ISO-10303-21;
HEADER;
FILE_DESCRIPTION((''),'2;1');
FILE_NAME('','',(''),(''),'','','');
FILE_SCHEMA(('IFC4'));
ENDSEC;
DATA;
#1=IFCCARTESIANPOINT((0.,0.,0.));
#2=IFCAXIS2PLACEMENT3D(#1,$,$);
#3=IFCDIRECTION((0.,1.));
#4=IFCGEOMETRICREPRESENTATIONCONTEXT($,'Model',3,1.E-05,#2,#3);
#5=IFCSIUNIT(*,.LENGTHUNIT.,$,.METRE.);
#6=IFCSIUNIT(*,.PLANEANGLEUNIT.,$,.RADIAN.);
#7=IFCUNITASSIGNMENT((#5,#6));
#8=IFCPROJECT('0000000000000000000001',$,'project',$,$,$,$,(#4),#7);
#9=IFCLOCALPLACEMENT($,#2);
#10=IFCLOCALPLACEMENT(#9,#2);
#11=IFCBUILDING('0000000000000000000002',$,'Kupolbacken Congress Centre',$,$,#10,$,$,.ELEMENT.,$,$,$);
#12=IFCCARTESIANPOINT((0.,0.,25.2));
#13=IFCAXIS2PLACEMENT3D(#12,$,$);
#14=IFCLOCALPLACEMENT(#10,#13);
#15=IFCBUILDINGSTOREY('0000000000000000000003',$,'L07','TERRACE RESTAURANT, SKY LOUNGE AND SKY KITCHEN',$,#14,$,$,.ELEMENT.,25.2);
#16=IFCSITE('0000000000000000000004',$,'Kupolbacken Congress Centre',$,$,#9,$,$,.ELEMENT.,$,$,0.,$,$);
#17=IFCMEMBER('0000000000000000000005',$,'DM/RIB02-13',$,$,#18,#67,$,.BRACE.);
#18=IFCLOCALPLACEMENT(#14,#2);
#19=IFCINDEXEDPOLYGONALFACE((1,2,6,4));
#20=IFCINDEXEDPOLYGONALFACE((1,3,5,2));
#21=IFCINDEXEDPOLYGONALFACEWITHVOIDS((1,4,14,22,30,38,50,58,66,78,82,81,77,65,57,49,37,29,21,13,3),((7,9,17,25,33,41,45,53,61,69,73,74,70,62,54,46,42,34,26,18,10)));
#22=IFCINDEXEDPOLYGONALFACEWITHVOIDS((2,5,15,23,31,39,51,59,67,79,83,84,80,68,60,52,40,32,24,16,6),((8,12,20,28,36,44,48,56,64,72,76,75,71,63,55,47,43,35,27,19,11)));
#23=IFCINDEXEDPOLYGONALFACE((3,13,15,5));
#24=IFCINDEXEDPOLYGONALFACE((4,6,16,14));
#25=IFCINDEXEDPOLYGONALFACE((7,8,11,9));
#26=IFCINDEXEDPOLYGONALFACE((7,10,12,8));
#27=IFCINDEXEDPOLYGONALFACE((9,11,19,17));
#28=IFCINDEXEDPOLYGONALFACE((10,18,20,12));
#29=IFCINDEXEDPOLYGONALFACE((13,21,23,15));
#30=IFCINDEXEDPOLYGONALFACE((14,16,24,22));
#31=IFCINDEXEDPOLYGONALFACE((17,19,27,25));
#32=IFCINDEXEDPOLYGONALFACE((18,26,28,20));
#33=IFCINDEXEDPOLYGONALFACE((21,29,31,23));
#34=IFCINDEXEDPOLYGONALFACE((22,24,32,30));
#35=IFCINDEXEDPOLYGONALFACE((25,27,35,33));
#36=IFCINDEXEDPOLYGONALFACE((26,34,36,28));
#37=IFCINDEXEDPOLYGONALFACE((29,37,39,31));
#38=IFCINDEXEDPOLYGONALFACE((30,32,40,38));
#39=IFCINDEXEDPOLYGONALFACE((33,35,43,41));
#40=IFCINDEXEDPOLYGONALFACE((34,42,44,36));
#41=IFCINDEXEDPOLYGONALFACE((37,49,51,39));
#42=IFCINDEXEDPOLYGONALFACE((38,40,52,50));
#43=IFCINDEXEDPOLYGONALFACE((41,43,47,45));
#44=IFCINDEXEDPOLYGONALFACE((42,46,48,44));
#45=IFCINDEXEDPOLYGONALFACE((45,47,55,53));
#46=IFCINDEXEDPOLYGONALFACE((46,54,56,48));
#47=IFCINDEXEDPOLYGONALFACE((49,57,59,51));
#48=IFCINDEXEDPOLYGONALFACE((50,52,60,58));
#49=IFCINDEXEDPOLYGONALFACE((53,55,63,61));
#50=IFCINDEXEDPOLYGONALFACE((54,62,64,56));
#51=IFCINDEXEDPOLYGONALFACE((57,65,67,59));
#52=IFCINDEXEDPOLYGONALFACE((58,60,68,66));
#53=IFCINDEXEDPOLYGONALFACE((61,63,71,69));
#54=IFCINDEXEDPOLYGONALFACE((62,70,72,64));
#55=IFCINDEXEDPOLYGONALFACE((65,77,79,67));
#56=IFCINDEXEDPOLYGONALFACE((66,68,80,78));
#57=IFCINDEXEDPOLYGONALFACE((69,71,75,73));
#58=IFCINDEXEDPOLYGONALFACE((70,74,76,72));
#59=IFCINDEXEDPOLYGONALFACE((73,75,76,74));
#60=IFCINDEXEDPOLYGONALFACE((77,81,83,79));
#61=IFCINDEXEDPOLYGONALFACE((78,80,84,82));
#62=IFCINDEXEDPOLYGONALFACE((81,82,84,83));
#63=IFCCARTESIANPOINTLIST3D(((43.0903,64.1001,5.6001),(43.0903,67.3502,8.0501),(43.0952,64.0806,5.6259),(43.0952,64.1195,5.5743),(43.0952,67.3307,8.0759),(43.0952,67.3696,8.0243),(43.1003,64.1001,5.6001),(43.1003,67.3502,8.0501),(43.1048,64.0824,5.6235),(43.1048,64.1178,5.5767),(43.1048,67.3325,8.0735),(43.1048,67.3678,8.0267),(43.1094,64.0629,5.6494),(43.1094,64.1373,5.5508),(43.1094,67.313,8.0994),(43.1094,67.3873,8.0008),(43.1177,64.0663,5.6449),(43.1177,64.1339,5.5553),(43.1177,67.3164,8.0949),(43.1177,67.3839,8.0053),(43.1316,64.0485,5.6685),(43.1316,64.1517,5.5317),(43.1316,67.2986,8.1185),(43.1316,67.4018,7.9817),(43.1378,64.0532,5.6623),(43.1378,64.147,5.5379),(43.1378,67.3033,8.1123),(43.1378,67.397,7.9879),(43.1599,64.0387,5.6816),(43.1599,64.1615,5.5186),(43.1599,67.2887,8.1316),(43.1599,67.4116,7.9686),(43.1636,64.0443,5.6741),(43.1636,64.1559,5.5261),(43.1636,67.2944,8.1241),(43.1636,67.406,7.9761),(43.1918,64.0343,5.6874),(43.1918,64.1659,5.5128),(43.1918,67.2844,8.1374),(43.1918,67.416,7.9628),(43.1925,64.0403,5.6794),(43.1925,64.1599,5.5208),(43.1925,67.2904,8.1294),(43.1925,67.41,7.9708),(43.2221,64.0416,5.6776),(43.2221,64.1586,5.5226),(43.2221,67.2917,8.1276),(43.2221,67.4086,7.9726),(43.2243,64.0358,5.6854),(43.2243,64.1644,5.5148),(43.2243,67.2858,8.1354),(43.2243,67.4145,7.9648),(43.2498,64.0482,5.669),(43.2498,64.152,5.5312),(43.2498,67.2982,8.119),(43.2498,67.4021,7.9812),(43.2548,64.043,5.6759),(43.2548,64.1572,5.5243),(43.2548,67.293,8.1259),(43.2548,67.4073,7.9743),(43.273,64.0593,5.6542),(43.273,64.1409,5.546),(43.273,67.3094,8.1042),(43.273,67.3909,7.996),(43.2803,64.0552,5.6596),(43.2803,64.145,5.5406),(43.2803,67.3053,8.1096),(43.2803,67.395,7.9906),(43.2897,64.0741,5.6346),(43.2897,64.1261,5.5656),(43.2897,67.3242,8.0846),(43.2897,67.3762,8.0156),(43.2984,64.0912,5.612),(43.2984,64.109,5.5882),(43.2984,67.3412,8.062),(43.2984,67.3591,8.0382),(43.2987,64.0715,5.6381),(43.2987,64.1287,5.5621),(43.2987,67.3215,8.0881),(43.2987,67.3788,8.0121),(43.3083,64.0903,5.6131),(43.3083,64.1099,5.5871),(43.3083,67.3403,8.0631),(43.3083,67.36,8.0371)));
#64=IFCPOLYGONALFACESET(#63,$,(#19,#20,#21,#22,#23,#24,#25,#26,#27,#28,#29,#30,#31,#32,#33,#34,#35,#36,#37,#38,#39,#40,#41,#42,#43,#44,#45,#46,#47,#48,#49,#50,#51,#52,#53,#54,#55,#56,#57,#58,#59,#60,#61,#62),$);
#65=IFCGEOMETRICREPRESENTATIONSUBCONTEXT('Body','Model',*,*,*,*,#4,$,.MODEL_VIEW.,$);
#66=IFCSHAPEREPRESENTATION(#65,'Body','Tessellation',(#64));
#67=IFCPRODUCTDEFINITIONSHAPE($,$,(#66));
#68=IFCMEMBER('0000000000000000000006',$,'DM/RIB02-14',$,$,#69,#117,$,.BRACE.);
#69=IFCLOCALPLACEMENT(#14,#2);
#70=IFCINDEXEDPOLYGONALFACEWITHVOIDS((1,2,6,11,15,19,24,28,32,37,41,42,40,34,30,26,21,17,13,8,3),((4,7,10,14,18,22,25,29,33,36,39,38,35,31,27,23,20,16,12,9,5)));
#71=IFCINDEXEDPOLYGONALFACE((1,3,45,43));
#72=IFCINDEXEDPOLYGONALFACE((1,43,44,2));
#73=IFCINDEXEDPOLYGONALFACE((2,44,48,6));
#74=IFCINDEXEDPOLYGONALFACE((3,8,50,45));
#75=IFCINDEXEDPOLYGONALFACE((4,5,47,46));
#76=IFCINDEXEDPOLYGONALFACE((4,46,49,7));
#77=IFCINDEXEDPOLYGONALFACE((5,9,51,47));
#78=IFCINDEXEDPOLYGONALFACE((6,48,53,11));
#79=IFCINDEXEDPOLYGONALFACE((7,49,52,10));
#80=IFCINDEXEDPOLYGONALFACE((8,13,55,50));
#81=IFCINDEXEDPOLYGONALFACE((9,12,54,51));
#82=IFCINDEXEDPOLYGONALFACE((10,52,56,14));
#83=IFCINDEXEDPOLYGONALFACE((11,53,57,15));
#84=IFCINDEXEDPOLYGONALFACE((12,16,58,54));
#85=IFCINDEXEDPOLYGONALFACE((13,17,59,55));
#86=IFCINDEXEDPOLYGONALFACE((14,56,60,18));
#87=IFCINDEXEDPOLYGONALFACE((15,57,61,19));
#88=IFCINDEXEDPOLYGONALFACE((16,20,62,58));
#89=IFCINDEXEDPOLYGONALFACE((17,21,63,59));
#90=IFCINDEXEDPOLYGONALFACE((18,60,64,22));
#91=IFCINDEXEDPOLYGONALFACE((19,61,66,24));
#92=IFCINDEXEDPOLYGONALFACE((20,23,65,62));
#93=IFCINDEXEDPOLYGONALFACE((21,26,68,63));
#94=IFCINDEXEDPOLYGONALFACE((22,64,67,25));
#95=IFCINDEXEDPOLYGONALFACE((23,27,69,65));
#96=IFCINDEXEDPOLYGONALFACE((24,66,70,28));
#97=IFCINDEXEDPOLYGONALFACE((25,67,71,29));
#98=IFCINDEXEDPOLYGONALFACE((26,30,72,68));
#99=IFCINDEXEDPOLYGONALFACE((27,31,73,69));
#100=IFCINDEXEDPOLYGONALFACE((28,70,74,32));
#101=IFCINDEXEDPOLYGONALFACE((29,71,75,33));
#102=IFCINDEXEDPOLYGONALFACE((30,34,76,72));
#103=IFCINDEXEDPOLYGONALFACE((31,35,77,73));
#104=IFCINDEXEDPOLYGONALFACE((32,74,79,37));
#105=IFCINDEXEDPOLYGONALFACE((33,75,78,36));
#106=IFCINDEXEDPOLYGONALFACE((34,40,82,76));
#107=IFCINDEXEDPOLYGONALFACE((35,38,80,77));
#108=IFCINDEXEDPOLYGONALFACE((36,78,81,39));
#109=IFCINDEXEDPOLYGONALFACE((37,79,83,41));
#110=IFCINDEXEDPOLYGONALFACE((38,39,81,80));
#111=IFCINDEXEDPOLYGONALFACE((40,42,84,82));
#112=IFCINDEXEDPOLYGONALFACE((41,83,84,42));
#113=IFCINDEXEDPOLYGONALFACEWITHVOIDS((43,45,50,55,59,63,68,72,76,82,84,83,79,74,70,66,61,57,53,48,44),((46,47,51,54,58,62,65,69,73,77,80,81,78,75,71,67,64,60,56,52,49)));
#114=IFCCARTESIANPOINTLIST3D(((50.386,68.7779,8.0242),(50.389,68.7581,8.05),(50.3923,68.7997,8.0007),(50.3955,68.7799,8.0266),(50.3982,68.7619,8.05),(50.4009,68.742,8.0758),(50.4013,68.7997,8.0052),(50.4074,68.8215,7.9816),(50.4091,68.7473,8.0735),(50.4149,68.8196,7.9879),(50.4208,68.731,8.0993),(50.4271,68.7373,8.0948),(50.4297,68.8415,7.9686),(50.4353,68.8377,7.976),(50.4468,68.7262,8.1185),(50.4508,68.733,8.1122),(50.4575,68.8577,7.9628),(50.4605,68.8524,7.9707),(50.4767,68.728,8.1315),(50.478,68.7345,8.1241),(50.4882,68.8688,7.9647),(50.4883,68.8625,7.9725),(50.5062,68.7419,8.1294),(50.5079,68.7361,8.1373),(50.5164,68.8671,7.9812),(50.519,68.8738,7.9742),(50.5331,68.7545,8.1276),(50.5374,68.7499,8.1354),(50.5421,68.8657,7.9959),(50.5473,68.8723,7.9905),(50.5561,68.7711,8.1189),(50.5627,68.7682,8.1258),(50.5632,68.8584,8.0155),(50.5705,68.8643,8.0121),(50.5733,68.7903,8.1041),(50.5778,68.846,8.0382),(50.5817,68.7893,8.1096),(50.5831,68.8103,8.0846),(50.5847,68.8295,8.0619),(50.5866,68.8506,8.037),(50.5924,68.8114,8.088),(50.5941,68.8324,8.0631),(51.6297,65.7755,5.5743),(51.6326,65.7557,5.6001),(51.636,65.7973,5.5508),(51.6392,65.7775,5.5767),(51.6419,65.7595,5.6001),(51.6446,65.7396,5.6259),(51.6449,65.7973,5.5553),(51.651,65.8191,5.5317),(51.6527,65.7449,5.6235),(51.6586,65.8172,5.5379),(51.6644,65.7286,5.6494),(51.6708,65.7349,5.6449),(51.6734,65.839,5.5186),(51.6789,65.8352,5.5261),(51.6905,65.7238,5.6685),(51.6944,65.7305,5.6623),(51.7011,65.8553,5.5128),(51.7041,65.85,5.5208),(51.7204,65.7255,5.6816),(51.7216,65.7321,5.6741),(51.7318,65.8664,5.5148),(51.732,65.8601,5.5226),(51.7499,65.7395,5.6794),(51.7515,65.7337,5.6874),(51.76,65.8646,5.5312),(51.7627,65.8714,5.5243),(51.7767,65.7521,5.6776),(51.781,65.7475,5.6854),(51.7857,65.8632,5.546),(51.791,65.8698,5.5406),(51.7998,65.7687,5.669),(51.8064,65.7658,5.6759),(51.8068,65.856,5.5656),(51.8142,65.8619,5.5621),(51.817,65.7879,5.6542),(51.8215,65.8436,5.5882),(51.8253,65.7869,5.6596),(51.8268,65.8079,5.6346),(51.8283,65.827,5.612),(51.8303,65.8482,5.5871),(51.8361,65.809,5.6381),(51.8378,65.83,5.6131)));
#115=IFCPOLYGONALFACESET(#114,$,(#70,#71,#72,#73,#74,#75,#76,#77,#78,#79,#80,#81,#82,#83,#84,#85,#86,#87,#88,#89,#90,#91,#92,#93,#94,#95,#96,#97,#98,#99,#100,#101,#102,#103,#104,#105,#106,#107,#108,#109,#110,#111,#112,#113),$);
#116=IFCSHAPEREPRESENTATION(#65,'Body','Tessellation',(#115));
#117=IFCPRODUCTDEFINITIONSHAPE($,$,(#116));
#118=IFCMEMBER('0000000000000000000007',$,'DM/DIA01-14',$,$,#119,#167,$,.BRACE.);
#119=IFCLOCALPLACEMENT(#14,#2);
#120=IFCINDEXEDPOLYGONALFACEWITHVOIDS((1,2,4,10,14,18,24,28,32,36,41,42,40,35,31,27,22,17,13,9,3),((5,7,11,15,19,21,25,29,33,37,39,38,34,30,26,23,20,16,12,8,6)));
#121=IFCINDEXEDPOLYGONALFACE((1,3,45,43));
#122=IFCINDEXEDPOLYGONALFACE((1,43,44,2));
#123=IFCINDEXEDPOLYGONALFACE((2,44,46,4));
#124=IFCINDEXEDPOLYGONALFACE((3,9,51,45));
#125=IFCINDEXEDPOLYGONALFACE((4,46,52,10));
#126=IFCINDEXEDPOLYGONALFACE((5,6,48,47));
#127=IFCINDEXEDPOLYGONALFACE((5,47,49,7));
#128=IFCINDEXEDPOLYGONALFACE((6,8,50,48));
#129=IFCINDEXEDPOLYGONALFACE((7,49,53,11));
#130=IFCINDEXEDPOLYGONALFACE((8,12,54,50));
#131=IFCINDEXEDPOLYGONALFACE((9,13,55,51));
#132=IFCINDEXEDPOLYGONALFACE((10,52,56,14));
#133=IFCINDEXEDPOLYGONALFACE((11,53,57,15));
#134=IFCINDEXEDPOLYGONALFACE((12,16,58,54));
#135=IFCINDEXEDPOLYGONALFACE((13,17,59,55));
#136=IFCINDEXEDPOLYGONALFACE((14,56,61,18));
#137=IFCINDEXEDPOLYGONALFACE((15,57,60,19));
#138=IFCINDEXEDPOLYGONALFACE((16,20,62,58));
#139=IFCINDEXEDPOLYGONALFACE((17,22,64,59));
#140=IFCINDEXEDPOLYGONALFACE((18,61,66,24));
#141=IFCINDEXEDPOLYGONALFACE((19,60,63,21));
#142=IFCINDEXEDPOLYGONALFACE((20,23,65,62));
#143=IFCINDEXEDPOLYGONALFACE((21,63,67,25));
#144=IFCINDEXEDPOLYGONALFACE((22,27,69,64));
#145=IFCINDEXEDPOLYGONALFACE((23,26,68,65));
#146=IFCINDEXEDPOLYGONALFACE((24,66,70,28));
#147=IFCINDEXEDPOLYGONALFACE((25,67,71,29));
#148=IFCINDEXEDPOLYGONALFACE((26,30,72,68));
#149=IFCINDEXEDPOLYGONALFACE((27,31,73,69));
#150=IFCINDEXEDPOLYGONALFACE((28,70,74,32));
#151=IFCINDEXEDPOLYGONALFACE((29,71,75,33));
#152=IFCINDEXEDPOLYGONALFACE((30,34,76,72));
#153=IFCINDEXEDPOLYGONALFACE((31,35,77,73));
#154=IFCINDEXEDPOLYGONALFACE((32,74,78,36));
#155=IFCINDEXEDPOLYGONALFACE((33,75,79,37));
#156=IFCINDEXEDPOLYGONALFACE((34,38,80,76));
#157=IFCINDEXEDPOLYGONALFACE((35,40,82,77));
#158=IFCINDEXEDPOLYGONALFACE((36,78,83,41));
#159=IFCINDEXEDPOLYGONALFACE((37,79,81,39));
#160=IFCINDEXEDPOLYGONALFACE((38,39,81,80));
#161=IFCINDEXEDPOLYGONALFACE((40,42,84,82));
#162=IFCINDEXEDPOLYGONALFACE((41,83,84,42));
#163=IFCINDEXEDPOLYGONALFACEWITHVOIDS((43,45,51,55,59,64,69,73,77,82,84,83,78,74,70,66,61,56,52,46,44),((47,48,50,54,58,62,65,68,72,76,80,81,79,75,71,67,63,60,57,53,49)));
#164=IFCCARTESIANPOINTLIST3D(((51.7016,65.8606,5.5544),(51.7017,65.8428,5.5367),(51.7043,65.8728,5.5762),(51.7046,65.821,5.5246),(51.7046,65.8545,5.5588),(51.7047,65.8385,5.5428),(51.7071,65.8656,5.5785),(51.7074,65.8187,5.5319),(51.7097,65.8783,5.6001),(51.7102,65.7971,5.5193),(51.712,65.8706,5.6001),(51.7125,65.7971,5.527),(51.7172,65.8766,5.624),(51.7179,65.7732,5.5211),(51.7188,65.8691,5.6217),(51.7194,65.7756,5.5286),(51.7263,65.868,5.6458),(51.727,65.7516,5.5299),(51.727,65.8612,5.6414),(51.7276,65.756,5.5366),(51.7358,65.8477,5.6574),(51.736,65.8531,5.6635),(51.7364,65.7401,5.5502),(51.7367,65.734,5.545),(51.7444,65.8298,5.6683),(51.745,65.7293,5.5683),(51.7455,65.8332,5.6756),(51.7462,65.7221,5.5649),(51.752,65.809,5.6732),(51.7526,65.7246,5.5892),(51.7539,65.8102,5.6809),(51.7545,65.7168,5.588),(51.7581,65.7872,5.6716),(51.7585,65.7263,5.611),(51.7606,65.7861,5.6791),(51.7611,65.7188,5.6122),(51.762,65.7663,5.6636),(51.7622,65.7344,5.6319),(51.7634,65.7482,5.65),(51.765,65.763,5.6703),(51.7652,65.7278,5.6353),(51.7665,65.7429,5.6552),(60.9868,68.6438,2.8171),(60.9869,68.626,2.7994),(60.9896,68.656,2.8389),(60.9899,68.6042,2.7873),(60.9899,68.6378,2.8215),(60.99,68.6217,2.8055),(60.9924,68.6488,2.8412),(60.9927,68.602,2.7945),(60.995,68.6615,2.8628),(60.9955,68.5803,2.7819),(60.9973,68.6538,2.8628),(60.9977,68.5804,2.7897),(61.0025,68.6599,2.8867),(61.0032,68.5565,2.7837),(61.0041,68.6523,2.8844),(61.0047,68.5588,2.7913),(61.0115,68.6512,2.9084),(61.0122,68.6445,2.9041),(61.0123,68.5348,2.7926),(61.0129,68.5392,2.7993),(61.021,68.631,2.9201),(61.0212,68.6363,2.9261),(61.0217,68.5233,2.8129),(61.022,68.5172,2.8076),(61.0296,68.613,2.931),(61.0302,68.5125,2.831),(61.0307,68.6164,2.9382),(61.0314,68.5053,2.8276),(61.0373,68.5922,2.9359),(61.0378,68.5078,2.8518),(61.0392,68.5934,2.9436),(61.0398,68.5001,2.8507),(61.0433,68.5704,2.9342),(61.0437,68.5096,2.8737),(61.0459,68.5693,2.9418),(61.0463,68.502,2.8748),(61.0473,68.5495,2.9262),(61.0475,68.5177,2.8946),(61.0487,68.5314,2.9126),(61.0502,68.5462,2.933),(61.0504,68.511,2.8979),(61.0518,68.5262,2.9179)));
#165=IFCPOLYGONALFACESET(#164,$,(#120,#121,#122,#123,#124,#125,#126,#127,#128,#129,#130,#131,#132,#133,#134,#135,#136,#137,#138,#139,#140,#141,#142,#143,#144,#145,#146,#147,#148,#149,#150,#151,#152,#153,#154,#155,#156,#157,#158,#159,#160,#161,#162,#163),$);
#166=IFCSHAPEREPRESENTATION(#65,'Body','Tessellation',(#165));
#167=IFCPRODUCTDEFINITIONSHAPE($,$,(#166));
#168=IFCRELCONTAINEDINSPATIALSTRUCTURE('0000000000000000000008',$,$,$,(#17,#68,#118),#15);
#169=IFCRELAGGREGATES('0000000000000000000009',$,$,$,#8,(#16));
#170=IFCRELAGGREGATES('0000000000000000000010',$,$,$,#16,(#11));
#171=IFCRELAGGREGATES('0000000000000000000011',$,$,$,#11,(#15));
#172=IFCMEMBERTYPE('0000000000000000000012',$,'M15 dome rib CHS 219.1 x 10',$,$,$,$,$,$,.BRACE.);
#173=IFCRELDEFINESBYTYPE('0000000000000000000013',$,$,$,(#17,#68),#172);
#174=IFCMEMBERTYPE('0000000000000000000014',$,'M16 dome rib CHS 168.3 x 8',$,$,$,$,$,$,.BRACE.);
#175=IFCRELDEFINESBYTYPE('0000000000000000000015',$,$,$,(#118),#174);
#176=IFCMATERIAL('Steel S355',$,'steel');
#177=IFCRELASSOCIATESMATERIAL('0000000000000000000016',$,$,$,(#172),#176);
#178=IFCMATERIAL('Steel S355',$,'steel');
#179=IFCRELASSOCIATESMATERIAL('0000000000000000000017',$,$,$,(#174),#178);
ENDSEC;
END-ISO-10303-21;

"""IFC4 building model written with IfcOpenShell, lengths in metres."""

from ifc_helpers import new_model, si_unit, direction, frame, origin, origin_2d, place, context, subcontext, project, spatial, hollow_circle, extrude, material, material_profile, profile_set, type_object, element, save


model = new_model("IFC4")

# Units and contexts
model_context = context("Model", 3, precision=1e-05, world=origin(), true_north=direction((0.0, 1.0)))
body_context = subcontext(model_context, "Body", "Model", "MODEL_VIEW")
ifc_project = project(units=[si_unit("LENGTHUNIT", "METRE"), si_unit("PLANEANGLEUNIT", "RADIAN")], contexts=[model_context])

# Site, building, storey
site_placement = place(None, origin())
site = spatial("IfcSite", under=ifc_project, at=site_placement, Name="Kupolbacken Congress Centre", CompositionType="ELEMENT", RefElevation=0.0)
building_placement = place(site_placement, origin())
building = spatial("IfcBuilding", under=site, at=building_placement, Name="Kupolbacken Congress Centre", CompositionType="ELEMENT")
storey_placement = place(building_placement, frame((0.0, 0.0, 25.2)))
storey = spatial("IfcBuildingStorey", under=building, at=storey_placement, Name="L07", Description="TERRACE RESTAURANT, SKY LOUNGE AND SKY KITCHEN", CompositionType="ELEMENT", Elevation=25.2)

# Members
ifc_material_1 = material(Name="Steel S355", Category="steel")
ifc_material_profile_1 = material_profile(ifc_material_1, hollow_circle(Radius=0.1096, WallThickness=0.01, at=origin_2d()), Name="CHS 219.1 x 10")
ifc_profile_set_1 = profile_set([ifc_material_profile_1], Name="Steel S355")
member_type_1 = type_object("IfcMemberType", Name="M15 dome rib CHS 219.1 x 10", PredefinedType="BRACE", material=ifc_profile_set_1)
member_1_placement = place(storey_placement, frame((43.2, 64.1001, 5.6001), z_axis=(0.0, 0.798529, 0.601956), x_axis=(-1.0, 0.0, 0.0)))
element("IfcMember", 1, at=member_1_placement, inside=storey, type_object=member_type_1, Name="DM/RIB02-13", PredefinedType="BRACE", context=body_context, shape_type="SweptSolid", body=[
    extrude(hollow_circle(Radius=0.1096, WallThickness=0.01, at=origin_2d()), origin(), (0.0, 0.0, 1.0), 4.0701),
])
member_2_placement = place(storey_placement, frame((51.7339, 65.7976, 5.6001), z_axis=(-0.305578, 0.73773, 0.601977), x_axis=(-0.923879, -0.382684, 0.0)))
element("IfcMember", 2, at=member_2_placement, inside=storey, type_object=member_type_1, Name="DM/RIB02-14", PredefinedType="BRACE", context=body_context, shape_type="SweptSolid", body=[
    extrude(hollow_circle(Radius=0.1096, WallThickness=0.01, at=origin_2d()), origin(), (0.0, 0.0, 1.0), 4.0698),
])
ifc_material_2 = material(Name="Steel S355", Category="steel")
ifc_material_profile_2 = material_profile(ifc_material_2, hollow_circle(Radius=0.0842, WallThickness=0.0081, at=origin_2d()), Name="CHS 168.3 x 8")
ifc_profile_set_2 = profile_set([ifc_material_profile_2], Name="Steel S355")
member_type_2 = type_object("IfcMemberType", Name="M16 dome rib CHS 168.3 x 8", PredefinedType="BRACE", material=ifc_profile_set_2)
member_3_placement = place(storey_placement, frame((51.7339, 65.7976, 5.6001), z_axis=(0.921842, 0.27632, -0.271763), x_axis=(-0.287126, 0.957893, 0.0)))
element("IfcMember", 3, at=member_3_placement, inside=storey, type_object=member_type_2, Name="DM/DIA01-14", PredefinedType="BRACE", context=body_context, shape_type="SweptSolid", body=[
    extrude(hollow_circle(Radius=0.0842, WallThickness=0.0081, at=origin_2d()), origin(), (0.0, 0.0, 1.0), 10.0725),
])

save(model, "model.ifc")
